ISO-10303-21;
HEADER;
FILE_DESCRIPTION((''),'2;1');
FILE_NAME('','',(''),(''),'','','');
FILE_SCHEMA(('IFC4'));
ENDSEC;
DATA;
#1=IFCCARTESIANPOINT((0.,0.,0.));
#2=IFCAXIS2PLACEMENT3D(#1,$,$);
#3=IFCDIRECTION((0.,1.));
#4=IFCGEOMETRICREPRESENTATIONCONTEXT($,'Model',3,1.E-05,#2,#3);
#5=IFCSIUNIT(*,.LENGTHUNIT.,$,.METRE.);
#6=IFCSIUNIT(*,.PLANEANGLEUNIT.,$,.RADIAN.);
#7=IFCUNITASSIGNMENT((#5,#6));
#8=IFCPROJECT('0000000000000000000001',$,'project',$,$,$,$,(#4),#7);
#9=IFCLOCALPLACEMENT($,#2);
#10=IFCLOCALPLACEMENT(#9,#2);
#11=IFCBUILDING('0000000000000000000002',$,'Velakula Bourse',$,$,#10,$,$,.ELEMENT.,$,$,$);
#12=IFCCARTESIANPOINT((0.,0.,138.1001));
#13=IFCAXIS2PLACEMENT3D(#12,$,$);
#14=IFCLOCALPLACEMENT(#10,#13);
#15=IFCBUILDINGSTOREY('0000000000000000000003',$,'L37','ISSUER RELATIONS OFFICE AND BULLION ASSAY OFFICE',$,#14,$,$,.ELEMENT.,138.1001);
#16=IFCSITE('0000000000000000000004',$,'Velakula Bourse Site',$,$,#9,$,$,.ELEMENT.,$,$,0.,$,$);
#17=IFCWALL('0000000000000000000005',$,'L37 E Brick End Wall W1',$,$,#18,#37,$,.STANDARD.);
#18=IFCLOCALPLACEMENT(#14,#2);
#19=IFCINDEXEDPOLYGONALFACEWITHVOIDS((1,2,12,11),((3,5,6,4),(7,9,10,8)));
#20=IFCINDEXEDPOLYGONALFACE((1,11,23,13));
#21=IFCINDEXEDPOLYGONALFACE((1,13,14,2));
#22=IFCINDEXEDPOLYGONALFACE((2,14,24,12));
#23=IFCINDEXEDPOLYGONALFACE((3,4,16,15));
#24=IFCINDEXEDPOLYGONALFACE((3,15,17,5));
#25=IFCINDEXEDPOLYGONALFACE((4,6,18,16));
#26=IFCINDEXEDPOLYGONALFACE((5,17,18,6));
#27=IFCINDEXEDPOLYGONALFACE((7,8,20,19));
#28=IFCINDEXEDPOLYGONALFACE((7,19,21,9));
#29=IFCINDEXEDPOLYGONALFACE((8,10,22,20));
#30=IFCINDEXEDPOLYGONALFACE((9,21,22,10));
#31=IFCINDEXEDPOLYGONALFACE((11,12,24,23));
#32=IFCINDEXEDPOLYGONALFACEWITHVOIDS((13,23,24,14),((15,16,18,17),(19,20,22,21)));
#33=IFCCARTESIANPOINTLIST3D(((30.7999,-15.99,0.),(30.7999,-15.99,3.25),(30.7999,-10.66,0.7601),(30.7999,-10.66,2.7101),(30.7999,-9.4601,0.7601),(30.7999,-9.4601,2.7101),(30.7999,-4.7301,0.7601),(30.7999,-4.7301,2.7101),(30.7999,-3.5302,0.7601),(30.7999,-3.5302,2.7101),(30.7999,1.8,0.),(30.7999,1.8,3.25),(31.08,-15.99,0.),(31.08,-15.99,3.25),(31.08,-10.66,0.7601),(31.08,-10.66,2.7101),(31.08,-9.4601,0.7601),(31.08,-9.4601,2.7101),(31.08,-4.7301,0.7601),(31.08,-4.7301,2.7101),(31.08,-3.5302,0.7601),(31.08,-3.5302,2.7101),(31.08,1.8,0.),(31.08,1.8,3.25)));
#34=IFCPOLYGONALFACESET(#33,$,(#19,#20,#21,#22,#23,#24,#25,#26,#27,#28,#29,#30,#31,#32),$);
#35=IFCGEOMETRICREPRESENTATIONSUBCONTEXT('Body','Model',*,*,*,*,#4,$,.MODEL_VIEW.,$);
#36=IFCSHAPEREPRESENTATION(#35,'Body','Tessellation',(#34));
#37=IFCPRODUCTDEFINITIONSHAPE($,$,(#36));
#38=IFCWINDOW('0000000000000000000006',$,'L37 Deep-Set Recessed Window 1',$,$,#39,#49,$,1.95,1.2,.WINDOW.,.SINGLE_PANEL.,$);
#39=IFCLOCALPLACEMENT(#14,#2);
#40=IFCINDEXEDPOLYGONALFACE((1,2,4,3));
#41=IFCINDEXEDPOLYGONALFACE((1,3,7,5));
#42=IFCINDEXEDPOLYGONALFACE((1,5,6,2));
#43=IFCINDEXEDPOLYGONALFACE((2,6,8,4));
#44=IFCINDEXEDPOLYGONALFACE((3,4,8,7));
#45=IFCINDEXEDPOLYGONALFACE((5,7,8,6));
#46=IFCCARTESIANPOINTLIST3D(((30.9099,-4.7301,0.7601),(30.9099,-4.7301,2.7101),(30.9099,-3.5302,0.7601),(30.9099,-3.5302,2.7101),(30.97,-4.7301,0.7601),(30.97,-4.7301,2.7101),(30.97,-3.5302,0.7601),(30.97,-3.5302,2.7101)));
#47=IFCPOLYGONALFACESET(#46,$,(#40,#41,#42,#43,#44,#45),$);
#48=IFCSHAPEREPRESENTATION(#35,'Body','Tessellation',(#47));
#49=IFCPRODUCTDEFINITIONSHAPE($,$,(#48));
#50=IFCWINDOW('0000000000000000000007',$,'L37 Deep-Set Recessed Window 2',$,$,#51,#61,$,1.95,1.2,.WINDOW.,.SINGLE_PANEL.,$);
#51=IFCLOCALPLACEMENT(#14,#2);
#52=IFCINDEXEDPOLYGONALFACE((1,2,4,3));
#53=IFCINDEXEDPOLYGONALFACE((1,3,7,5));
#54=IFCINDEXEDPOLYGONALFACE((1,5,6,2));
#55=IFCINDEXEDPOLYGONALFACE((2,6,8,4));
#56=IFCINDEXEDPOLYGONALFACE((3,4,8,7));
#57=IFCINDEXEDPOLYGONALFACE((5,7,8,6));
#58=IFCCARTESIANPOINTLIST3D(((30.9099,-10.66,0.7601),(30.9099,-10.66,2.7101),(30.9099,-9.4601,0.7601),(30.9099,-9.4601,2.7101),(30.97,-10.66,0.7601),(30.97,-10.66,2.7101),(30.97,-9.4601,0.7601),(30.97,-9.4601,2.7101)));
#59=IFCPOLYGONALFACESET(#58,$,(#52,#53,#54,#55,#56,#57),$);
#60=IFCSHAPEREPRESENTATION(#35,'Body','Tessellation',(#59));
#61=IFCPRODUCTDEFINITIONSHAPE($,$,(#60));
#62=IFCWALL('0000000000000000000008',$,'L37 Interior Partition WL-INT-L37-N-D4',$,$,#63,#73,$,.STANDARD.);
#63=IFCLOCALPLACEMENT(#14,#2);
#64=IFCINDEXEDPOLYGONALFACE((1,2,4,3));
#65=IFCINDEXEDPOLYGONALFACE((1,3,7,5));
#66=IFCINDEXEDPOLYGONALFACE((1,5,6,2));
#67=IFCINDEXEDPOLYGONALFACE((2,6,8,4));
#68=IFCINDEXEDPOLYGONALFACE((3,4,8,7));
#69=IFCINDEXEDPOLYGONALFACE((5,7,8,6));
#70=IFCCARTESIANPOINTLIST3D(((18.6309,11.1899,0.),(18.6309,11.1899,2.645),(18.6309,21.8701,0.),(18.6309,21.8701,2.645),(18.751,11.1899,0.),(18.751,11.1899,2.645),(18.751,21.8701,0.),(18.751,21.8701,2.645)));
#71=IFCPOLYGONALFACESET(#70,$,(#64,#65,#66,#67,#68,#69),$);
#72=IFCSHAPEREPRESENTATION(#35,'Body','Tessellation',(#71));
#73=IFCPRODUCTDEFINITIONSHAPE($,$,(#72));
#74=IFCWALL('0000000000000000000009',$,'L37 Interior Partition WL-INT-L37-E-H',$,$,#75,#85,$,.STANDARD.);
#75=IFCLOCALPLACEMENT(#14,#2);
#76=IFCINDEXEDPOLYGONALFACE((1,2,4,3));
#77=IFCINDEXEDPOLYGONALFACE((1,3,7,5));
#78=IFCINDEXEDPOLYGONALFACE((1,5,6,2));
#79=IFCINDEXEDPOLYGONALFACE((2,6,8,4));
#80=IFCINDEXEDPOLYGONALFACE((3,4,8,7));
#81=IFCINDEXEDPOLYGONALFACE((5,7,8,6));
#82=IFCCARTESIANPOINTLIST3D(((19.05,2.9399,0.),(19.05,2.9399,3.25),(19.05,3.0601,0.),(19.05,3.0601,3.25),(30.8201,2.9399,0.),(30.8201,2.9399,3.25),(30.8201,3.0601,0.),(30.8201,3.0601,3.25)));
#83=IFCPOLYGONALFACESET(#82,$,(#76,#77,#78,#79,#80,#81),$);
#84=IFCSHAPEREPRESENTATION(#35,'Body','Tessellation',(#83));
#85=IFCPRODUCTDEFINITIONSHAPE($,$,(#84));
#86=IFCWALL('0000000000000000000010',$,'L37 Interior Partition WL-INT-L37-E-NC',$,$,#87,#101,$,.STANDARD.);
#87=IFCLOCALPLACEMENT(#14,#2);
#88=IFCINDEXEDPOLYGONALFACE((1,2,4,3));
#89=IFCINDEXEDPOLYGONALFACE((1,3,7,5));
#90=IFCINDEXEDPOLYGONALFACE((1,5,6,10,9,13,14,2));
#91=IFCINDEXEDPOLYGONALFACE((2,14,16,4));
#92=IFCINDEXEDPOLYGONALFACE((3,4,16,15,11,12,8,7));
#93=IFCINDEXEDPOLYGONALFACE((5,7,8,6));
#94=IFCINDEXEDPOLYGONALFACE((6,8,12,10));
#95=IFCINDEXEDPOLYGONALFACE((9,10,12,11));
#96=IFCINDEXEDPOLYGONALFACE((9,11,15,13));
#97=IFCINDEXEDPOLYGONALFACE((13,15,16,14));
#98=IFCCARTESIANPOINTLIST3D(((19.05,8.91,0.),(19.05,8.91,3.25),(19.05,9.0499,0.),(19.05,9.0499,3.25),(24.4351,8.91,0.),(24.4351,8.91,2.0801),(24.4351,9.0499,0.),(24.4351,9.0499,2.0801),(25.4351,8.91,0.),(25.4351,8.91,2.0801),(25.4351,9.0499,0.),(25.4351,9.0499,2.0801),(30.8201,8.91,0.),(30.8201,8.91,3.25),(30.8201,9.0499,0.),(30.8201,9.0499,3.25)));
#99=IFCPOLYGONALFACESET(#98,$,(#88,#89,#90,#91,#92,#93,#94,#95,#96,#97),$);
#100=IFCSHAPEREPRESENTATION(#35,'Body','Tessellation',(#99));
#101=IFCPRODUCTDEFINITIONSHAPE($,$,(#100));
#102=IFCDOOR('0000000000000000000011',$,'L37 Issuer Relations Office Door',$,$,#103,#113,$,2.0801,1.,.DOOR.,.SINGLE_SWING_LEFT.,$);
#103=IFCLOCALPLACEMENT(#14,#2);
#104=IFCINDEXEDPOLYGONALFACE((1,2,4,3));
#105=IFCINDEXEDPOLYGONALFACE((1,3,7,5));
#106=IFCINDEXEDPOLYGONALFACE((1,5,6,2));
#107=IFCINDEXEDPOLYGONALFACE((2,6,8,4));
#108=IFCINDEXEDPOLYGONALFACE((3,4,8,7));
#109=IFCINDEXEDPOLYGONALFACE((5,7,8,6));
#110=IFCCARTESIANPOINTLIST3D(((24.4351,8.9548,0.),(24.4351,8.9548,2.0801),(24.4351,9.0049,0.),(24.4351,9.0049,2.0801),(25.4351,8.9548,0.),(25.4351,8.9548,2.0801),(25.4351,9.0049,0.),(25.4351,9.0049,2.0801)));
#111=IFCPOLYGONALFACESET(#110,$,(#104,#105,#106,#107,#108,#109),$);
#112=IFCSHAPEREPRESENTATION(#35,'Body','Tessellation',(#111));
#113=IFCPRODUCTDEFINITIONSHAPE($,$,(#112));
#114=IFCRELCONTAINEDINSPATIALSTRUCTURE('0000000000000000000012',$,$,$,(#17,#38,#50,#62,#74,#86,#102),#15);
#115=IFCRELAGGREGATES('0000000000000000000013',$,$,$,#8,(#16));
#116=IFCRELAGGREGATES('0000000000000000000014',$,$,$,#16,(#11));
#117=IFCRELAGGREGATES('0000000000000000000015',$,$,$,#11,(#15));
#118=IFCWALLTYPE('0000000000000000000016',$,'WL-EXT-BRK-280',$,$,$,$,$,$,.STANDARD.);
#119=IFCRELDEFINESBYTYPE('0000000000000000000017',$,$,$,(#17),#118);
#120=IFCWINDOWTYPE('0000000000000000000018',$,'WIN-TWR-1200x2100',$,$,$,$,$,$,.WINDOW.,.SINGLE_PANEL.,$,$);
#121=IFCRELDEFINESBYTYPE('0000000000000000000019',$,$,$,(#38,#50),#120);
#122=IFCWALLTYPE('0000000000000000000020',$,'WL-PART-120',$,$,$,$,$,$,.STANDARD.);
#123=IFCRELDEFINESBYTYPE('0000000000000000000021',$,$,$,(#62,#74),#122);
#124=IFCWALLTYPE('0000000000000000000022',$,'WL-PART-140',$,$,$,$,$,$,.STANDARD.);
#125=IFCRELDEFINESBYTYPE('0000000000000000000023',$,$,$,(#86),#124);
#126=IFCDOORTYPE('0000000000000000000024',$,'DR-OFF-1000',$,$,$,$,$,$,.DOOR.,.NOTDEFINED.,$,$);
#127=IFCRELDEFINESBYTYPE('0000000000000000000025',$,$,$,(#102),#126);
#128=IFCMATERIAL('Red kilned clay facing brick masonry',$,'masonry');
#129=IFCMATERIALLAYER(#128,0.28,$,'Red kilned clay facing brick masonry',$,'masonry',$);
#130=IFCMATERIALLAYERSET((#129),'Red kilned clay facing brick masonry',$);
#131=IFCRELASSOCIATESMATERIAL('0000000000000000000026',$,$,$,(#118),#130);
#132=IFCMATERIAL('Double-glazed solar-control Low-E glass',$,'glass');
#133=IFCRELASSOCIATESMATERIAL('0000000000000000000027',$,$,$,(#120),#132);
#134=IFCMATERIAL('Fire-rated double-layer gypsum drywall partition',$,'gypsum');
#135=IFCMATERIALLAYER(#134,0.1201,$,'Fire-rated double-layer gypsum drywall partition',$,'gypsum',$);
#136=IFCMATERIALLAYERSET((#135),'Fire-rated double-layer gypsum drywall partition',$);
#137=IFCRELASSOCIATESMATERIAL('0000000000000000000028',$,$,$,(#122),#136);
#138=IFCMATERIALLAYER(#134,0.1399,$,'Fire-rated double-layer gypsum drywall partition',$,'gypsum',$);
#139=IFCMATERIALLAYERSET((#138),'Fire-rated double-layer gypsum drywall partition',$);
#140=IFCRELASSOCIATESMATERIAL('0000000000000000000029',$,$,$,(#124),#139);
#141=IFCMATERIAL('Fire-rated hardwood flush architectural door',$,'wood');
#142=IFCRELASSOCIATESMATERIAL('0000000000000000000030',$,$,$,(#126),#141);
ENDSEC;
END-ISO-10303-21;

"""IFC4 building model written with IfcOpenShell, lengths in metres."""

from ifc_helpers import new_model, si_unit, direction, frame, frame_2d, origin, place, context, subcontext, project, spatial, rectangle, extrude, material, layer, layer_set, type_object, element, fill, save


model = new_model("IFC4")

# Units and contexts
model_context = context("Model", 3, precision=1e-05, world=origin(), true_north=direction((0.0, 1.0)))
body_context = subcontext(model_context, "Body", "Model", "MODEL_VIEW")
ifc_project = project(units=[si_unit("LENGTHUNIT", "METRE"), si_unit("PLANEANGLEUNIT", "RADIAN")], contexts=[model_context])

# Site, building, storey
site_placement = place(None, origin())
site = spatial("IfcSite", under=ifc_project, at=site_placement, Name="Velakula Bourse Site", CompositionType="ELEMENT", RefElevation=0.0)
building_placement = place(site_placement, origin())
building = spatial("IfcBuilding", under=site, at=building_placement, Name="Velakula Bourse", CompositionType="ELEMENT")
storey_placement = place(building_placement, frame((0.0, 0.0, 138.1001)))
storey = spatial("IfcBuildingStorey", under=building, at=storey_placement, Name="L37", Description="ISSUER RELATIONS OFFICE AND BULLION ASSAY OFFICE", CompositionType="ELEMENT", Elevation=138.1001)

# Wall, openings, windows
ifc_material_1 = material(Name="Red kilned clay facing brick masonry", Category="masonry")
ifc_layer_1 = layer(ifc_material_1, 0.28, Name="Red kilned clay facing brick masonry", Category="masonry")
ifc_layer_set_1 = layer_set([ifc_layer_1], Name="Red kilned clay facing brick masonry")
wall_type_1 = type_object("IfcWallType", Name="WL-EXT-BRK-280", PredefinedType="STANDARD", material=ifc_layer_set_1)
wall_1_placement = place(storey_placement, frame((30.9399, 1.8, 0.0), z_axis=(0.0, 0.0, 1.0), x_axis=(0.0, -1.0, 0.0)))
wall_1 = element("IfcWall", 1, at=wall_1_placement, inside=storey, type_object=wall_type_1, Name="L37 E Brick End Wall W1", PredefinedType="STANDARD", context=body_context, shape_type="SweptSolid", body=[
    extrude(rectangle(XDim=17.79, YDim=0.28, at=frame_2d((8.895, 0.0))), origin(), (0.0, 0.0, 1.0), 3.25),
])
opening_1_placement = place(wall_1_placement, frame((5.3301, 0.0, 0.76)))
opening_1 = element("IfcOpeningElement", 2, at=opening_1_placement, cuts=wall_1, PredefinedType="OPENING", context=body_context, shape_type="SweptSolid", body=[
    extrude(rectangle(XDim=1.2, YDim=1.95, at=frame_2d((0.6001, 0.9751))), frame((0.0, 0.1499, 0.0), z_axis=(0.0, -1.0, 0.0), x_axis=(1.0, 0.0, 0.0)), (0.0, 0.0, 1.0), 0.3),
])
opening_2_placement = place(wall_1_placement, frame((11.26, 0.0, 0.76)))
opening_2 = element("IfcOpeningElement", 3, at=opening_2_placement, cuts=wall_1, PredefinedType="OPENING", context=body_context, shape_type="SweptSolid", body=[
    extrude(rectangle(XDim=1.2, YDim=1.95, at=frame_2d((0.6001, 0.9751))), frame((0.0, 0.1499, 0.0), z_axis=(0.0, -1.0, 0.0), x_axis=(1.0, 0.0, 0.0)), (0.0, 0.0, 1.0), 0.3),
])
ifc_material_2 = material(Name="Double-glazed solar-control Low-E glass", Category="glass")
window_type = type_object("IfcWindowType", Name="WIN-TWR-1200x2100", PartitioningType="SINGLE_PANEL", PredefinedType="WINDOW", material=ifc_material_2)
window_1_placement = place(opening_1_placement, origin())
window_1 = element("IfcWindow", 4, at=window_1_placement, inside=storey, type_object=window_type, Name="L37 Deep-Set Recessed Window 1", OverallHeight=1.95, OverallWidth=1.2, PartitioningType="SINGLE_PANEL", PredefinedType="WINDOW", context=body_context, shape_type="SweptSolid", body=[
    extrude(rectangle(XDim=1.2, YDim=1.95, at=frame_2d((0.6001, 0.9751))), frame((0.0, 0.03, 0.0), z_axis=(0.0, -1.0, 0.0), x_axis=(1.0, 0.0, 0.0)), (0.0, 0.0, 1.0), 0.0601),
])
fill(opening_1, window_1)
window_2_placement = place(opening_2_placement, origin())
window_2 = element("IfcWindow", 5, at=window_2_placement, inside=storey, type_object=window_type, Name="L37 Deep-Set Recessed Window 2", OverallHeight=1.95, OverallWidth=1.2, PartitioningType="SINGLE_PANEL", PredefinedType="WINDOW", context=body_context, shape_type="SweptSolid", body=[
    extrude(rectangle(XDim=1.2, YDim=1.95, at=frame_2d((0.6001, 0.9751))), frame((0.0, 0.03, 0.0), z_axis=(0.0, -1.0, 0.0), x_axis=(1.0, 0.0, 0.0)), (0.0, 0.0, 1.0), 0.0601),
])
fill(opening_2, window_2)

# Walls
ifc_material_3 = material(Name="Fire-rated double-layer gypsum drywall partition", Category="gypsum")
ifc_layer_2 = layer(ifc_material_3, 0.1201, Name="Fire-rated double-layer gypsum drywall partition", Category="gypsum")
ifc_layer_set_2 = layer_set([ifc_layer_2], Name="Fire-rated double-layer gypsum drywall partition")
wall_type_2 = type_object("IfcWallType", Name="WL-PART-120", PredefinedType="STANDARD", material=ifc_layer_set_2)
wall_2_placement = place(storey_placement, frame((18.6909, 11.1899, 0.0), z_axis=(0.0, 0.0, 1.0), x_axis=(0.0, 1.0, 0.0)))
element("IfcWall", 6, at=wall_2_placement, inside=storey, type_object=wall_type_2, Name="L37 Interior Partition WL-INT-L37-N-D4", PredefinedType="STANDARD", context=body_context, shape_type="SweptSolid", body=[
    extrude(rectangle(XDim=10.6802, YDim=0.1201, at=frame_2d((5.3401, 0.0))), origin(), (0.0, 0.0, 1.0), 2.645),
])
wall_3_placement = place(storey_placement, frame((19.05, 3.0, 0.0), z_axis=(0.0, 0.0, 1.0), x_axis=(1.0, 0.0, 0.0)))
element("IfcWall", 7, at=wall_3_placement, inside=storey, type_object=wall_type_2, Name="L37 Interior Partition WL-INT-L37-E-H", PredefinedType="STANDARD", context=body_context, shape_type="SweptSolid", body=[
    extrude(rectangle(XDim=11.77, YDim=0.1201, at=frame_2d((5.885, 0.0))), origin(), (0.0, 0.0, 1.0), 3.25),
])

# Wall, opening, door
ifc_layer_3 = layer(ifc_material_3, 0.1399, Name="Fire-rated double-layer gypsum drywall partition", Category="gypsum")
ifc_layer_set_3 = layer_set([ifc_layer_3], Name="Fire-rated double-layer gypsum drywall partition")
wall_type_3 = type_object("IfcWallType", Name="WL-PART-140", PredefinedType="STANDARD", material=ifc_layer_set_3)
wall_4_placement = place(storey_placement, frame((19.05, 8.98, 0.0), z_axis=(0.0, 0.0, 1.0), x_axis=(1.0, 0.0, 0.0)))
wall_4 = element("IfcWall", 8, at=wall_4_placement, inside=storey, type_object=wall_type_3, Name="L37 Interior Partition WL-INT-L37-E-NC", PredefinedType="STANDARD", context=body_context, shape_type="SweptSolid", body=[
    extrude(rectangle(XDim=11.77, YDim=0.1399, at=frame_2d((5.885, 0.0))), origin(), (0.0, 0.0, 1.0), 3.25),
])
opening_3_placement = place(wall_4_placement, frame((5.385, 0.0, 0.0)))
opening_3 = element("IfcOpeningElement", 9, at=opening_3_placement, cuts=wall_4, PredefinedType="OPENING", context=body_context, shape_type="SweptSolid", body=[
    extrude(rectangle(XDim=1.0, YDim=2.0801, at=frame_2d((0.5, 1.04))), frame((0.0, 0.0798, 0.0), z_axis=(0.0, -1.0, 0.0), x_axis=(1.0, 0.0, 0.0)), (0.0, 0.0, 1.0), 0.1599),
])
ifc_material_4 = material(Name="Fire-rated hardwood flush architectural door", Category="wood")
door_type = type_object("IfcDoorType", Name="DR-OFF-1000", OperationType="NOTDEFINED", PredefinedType="DOOR", material=ifc_material_4)
door_placement = place(opening_3_placement, origin())
door = element("IfcDoor", 10, at=door_placement, inside=storey, type_object=door_type, Name="L37 Issuer Relations Office Door", OperationType="SINGLE_SWING_LEFT", OverallHeight=2.0801, OverallWidth=1.0, PredefinedType="DOOR", context=body_context, shape_type="SweptSolid", body=[
    extrude(rectangle(XDim=1.0, YDim=2.0801, at=frame_2d((0.5, 1.04))), frame((0.0, 0.0249, 0.0), z_axis=(0.0, -1.0, 0.0), x_axis=(1.0, 0.0, 0.0)), (0.0, 0.0, 1.0), 0.05),
])
fill(opening_3, door)

save(model, "model.ifc")
